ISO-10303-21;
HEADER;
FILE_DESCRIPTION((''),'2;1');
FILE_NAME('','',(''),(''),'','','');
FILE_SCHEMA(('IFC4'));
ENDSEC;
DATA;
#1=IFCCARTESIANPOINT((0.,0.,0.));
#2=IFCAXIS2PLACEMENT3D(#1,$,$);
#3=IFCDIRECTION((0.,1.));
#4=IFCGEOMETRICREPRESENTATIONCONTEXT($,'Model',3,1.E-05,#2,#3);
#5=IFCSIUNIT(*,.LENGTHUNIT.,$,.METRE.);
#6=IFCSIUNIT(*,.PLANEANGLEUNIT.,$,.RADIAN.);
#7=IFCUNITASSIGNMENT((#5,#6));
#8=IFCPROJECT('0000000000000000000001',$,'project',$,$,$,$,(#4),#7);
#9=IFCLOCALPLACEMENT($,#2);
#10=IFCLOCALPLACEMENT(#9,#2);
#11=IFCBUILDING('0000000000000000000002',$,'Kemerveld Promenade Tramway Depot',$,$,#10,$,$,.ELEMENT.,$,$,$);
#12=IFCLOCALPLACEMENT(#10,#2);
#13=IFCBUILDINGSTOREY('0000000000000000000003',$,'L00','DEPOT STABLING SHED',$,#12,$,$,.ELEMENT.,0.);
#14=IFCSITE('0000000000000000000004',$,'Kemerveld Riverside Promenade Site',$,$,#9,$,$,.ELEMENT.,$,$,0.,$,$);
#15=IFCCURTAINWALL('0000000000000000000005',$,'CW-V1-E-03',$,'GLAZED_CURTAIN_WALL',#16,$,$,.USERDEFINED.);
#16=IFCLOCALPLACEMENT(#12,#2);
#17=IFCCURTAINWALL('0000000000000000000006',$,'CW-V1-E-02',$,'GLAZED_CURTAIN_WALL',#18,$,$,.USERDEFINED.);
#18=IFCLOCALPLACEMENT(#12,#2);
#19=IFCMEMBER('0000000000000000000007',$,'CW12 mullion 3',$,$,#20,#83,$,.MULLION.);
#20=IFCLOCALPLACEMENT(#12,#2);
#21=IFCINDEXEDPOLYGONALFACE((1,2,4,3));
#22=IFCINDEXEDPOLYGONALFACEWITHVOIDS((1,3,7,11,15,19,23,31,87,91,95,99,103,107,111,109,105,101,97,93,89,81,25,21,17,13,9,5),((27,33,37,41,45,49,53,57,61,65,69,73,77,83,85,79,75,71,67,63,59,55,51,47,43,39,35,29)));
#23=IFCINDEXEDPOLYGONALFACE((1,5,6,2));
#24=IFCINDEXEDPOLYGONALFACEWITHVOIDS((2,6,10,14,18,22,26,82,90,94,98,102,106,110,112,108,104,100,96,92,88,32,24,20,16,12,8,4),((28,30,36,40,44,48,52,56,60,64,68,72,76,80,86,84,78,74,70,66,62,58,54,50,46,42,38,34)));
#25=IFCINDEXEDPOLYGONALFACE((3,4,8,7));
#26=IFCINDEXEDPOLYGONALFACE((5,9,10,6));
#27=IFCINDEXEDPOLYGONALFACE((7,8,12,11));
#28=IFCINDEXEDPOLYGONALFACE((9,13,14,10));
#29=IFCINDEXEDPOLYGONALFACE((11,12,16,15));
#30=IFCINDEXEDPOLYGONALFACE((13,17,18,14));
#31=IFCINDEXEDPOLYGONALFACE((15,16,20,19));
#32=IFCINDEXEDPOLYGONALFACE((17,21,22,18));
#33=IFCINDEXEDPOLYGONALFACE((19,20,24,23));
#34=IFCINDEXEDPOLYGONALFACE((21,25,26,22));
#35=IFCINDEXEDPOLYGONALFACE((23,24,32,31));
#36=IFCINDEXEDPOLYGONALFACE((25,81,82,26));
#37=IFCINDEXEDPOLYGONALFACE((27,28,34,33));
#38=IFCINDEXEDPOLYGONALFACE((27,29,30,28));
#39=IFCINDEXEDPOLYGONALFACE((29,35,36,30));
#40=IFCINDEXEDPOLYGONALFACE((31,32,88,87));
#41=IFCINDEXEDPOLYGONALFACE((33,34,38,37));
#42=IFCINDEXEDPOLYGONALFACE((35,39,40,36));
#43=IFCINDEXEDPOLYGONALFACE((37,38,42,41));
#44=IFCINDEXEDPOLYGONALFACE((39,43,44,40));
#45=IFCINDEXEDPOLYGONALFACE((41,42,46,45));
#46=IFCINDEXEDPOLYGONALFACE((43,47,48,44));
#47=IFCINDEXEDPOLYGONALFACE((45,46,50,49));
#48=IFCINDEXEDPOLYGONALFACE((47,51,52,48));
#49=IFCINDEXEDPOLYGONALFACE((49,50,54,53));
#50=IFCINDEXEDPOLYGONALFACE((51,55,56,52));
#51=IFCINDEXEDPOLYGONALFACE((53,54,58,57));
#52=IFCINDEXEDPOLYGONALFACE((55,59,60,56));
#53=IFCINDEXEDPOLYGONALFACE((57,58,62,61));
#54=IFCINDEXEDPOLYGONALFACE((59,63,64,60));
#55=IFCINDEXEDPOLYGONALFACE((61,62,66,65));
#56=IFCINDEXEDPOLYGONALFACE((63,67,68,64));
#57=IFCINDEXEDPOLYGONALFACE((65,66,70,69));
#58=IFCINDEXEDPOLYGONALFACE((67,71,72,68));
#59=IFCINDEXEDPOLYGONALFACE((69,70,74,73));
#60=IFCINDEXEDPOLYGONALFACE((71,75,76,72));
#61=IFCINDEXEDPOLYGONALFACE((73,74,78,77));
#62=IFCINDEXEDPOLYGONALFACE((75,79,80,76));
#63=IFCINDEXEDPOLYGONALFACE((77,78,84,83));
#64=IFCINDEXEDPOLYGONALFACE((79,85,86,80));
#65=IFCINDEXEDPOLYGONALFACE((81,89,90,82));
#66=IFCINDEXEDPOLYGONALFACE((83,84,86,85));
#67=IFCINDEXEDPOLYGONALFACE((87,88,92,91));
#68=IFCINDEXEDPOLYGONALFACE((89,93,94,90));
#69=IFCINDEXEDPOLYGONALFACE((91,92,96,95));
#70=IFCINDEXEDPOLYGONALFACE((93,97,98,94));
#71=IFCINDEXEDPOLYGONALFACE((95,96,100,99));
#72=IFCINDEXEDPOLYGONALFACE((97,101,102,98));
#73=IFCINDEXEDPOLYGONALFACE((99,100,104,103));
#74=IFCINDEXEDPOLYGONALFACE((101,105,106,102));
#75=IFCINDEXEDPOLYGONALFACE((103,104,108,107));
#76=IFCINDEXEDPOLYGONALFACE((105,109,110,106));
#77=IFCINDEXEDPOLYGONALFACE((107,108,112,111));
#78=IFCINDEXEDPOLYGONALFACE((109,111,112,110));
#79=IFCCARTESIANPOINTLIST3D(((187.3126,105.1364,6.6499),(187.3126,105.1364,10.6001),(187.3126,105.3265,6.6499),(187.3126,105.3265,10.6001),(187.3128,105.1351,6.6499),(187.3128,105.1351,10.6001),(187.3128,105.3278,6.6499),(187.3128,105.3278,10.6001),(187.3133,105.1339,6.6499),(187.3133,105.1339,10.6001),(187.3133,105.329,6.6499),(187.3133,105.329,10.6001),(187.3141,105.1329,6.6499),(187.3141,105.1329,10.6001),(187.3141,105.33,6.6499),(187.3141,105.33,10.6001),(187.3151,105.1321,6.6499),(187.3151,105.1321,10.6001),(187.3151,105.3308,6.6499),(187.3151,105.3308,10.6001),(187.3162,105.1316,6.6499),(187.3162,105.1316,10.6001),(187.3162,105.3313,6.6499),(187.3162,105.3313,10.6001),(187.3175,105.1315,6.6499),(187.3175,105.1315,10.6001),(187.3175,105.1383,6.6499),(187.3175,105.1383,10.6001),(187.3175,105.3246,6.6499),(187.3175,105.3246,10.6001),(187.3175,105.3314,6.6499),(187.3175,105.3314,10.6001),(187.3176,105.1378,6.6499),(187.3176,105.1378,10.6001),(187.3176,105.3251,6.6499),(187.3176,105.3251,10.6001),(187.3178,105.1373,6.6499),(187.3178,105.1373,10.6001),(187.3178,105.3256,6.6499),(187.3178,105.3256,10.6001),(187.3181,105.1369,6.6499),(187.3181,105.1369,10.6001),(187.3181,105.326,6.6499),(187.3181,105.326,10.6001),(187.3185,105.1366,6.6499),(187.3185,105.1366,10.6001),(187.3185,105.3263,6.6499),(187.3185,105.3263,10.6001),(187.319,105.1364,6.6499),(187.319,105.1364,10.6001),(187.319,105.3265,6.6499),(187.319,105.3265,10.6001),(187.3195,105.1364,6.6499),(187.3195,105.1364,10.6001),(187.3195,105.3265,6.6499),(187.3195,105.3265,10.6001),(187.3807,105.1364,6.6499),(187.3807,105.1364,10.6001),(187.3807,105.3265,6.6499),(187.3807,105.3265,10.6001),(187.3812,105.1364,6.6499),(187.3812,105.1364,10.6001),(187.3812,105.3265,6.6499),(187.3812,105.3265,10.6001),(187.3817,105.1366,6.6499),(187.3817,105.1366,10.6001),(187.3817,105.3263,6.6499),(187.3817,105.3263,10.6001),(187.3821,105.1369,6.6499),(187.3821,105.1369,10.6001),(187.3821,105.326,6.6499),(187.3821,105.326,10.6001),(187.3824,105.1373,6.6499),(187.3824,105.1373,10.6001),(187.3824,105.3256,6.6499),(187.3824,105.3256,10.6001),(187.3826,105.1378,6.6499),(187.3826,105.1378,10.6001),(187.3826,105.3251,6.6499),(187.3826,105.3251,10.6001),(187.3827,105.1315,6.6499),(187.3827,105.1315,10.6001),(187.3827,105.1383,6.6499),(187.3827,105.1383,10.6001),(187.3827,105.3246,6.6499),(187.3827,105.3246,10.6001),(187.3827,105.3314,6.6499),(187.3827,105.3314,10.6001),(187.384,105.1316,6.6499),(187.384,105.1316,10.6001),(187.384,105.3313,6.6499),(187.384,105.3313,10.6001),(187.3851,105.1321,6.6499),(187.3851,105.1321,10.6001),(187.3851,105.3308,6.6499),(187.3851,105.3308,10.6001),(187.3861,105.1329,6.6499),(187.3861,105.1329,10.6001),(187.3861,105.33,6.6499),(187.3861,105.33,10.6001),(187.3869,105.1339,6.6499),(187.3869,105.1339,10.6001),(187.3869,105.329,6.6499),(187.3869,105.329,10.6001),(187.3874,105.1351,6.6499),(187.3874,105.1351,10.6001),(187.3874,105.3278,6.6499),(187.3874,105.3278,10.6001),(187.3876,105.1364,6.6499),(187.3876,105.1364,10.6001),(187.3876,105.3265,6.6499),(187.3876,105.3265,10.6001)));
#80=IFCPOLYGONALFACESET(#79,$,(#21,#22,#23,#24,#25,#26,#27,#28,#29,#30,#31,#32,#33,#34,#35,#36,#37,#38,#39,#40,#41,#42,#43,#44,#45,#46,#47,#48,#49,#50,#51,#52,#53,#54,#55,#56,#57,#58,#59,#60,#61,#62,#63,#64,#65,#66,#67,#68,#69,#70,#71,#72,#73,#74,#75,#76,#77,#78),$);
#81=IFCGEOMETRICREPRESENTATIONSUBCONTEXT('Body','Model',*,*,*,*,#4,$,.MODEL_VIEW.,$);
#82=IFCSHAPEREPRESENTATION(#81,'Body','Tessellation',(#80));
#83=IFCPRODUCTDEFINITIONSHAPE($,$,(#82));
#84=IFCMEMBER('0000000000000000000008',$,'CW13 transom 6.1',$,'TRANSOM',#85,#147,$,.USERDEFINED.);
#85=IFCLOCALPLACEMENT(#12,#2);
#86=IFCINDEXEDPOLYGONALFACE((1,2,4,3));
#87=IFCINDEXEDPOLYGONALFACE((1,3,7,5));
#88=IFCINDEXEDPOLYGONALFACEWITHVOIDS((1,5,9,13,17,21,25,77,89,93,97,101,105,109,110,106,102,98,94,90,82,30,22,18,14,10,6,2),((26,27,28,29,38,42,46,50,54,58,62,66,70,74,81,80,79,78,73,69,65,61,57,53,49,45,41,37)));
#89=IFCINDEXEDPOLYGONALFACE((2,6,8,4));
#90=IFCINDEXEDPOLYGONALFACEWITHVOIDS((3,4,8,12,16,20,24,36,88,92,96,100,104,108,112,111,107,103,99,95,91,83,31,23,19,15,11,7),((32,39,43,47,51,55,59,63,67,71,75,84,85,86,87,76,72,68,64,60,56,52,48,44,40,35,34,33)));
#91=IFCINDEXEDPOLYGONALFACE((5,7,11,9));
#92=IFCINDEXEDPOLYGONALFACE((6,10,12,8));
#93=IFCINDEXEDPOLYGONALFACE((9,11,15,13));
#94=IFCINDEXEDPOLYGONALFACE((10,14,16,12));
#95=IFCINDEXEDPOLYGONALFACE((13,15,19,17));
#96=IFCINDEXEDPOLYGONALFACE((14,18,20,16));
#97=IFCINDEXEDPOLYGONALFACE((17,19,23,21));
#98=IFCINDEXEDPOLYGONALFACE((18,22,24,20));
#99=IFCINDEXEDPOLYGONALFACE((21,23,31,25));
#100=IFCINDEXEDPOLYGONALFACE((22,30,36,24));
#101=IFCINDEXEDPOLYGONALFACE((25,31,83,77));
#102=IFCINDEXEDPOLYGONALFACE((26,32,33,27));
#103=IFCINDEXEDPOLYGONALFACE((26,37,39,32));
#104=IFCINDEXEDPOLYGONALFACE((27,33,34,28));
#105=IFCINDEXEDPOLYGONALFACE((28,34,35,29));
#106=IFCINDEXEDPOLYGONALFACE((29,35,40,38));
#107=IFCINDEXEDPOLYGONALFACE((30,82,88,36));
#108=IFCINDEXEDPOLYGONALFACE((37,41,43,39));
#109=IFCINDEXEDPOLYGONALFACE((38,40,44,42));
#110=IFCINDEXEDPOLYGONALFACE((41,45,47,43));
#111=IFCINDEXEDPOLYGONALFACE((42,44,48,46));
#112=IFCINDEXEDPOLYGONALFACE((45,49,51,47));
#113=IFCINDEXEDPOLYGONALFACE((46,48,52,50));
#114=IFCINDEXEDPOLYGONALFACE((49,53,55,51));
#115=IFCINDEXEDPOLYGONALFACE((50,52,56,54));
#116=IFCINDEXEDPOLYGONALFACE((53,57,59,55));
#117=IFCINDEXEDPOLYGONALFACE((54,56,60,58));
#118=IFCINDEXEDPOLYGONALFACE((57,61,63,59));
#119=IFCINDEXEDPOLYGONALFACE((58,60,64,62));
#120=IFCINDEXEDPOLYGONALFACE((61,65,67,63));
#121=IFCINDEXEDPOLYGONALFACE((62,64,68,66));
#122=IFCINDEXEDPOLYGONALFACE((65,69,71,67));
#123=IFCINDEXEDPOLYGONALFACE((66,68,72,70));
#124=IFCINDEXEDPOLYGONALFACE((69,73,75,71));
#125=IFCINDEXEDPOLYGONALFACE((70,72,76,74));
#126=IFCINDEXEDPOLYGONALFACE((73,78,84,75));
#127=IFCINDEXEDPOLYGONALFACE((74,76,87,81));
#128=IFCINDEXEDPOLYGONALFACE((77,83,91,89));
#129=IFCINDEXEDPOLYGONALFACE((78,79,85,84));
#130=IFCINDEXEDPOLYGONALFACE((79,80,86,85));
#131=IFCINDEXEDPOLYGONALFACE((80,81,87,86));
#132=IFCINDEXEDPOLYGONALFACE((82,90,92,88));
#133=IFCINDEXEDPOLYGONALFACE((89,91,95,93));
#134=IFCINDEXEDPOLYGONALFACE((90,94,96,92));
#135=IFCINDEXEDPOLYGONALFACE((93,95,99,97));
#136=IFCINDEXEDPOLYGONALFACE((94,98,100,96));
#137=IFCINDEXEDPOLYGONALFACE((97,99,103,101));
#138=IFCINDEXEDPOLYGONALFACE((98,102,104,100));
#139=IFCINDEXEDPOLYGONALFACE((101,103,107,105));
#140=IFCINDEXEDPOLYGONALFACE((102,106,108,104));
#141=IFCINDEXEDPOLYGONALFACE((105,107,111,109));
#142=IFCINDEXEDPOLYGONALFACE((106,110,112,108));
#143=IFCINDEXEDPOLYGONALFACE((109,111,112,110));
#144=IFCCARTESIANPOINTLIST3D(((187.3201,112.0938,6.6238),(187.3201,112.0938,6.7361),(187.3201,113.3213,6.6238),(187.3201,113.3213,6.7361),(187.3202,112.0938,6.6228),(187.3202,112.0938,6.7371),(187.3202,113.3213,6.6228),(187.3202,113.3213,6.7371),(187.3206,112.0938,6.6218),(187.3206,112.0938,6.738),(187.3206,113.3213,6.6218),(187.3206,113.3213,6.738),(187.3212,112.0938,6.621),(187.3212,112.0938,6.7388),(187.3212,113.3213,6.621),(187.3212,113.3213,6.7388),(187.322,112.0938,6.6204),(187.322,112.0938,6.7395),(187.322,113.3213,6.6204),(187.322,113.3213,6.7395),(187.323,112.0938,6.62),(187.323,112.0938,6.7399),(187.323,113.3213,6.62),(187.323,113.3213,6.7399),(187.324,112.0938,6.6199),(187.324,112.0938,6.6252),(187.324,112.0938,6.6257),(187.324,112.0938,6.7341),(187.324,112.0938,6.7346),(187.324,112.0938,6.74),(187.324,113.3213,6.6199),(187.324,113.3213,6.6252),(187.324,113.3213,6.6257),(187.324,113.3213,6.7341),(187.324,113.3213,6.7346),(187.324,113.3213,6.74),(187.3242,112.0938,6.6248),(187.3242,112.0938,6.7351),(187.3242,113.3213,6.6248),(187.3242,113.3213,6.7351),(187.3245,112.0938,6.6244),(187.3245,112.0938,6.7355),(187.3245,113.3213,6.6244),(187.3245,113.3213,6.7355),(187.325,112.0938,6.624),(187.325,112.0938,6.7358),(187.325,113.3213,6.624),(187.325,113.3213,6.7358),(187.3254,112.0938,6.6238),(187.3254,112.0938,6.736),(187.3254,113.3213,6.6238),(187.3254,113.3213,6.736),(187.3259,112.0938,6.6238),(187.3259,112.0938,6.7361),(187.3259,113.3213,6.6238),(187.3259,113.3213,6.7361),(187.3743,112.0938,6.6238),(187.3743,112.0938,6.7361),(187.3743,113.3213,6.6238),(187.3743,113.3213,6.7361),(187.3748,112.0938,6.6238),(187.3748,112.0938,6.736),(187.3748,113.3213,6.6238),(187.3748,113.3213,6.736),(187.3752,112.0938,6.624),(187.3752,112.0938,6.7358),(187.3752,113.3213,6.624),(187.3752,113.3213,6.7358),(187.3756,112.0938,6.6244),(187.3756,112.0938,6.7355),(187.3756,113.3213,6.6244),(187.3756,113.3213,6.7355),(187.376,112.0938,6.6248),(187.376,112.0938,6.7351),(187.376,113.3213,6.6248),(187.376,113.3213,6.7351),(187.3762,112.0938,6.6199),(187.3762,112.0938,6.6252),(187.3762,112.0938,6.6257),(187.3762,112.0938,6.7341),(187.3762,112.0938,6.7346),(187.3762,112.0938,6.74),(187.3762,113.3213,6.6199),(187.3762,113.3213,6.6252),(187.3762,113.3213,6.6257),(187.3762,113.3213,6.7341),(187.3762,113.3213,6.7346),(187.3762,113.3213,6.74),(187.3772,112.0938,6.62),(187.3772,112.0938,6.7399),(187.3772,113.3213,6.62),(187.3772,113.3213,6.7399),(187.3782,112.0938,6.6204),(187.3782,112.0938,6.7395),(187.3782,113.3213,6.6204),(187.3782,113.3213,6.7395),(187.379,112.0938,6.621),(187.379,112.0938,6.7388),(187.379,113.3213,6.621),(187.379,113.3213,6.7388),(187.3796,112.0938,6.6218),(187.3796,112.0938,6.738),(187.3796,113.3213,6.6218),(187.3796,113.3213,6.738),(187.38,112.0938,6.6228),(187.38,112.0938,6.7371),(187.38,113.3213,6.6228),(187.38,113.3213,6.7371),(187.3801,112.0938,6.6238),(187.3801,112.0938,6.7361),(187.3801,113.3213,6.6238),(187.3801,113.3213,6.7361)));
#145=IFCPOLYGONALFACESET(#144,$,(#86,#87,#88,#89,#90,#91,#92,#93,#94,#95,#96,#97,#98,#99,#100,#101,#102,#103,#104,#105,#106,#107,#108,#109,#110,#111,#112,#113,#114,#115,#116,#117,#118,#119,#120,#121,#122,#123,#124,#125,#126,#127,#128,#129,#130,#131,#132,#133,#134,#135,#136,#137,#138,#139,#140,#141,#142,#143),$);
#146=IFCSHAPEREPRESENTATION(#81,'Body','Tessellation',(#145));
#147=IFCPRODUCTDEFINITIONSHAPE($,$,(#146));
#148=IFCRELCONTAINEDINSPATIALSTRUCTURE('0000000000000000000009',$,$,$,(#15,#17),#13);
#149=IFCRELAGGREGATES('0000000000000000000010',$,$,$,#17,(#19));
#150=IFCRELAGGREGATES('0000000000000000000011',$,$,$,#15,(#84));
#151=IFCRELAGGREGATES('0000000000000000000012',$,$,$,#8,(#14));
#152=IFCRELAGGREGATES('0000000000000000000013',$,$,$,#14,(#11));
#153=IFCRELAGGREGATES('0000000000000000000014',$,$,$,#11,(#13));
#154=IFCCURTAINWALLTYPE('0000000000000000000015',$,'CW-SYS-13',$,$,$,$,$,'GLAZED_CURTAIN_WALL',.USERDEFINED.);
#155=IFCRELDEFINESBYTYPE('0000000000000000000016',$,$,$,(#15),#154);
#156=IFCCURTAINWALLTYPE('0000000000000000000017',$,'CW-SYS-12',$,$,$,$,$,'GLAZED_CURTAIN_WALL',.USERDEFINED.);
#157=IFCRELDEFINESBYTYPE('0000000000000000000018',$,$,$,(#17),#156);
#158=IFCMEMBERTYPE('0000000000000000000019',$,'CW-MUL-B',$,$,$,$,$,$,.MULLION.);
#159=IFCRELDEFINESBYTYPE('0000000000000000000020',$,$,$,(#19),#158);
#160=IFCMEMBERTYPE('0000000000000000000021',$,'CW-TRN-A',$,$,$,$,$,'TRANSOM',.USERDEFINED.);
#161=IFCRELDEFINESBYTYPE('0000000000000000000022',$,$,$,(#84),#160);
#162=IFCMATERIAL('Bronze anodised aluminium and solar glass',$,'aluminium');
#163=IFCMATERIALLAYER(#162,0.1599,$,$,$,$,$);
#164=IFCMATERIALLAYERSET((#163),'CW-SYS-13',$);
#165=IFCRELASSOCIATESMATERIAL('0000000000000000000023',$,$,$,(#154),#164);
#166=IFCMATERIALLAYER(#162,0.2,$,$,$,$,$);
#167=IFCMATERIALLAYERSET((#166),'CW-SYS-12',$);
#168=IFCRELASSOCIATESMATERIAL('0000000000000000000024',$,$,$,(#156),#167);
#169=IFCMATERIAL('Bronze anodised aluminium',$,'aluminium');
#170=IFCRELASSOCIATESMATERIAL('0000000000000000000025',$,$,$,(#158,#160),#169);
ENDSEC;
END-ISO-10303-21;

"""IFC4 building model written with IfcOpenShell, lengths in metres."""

from ifc_helpers import new_model, si_unit, direction, frame, origin, origin_2d, place, context, subcontext, project, spatial, hollow_rectangle, extrude, material, layer, layer_set, material_profile, profile_set, type_object, element, aggregate, save


model = new_model("IFC4")

# Units and contexts
model_context = context("Model", 3, precision=1e-05, world=origin(), true_north=direction((0.0, 1.0)))
body_context = subcontext(model_context, "Body", "Model", "MODEL_VIEW")
ifc_project = project(units=[si_unit("LENGTHUNIT", "METRE"), si_unit("PLANEANGLEUNIT", "RADIAN")], contexts=[model_context])

# Site, building, storey
site_placement = place(None, origin())
site = spatial("IfcSite", under=ifc_project, at=site_placement, Name="Kemerveld Riverside Promenade Site", CompositionType="ELEMENT", RefElevation=0.0)
building_placement = place(site_placement, origin())
building = spatial("IfcBuilding", under=site, at=building_placement, Name="Kemerveld Promenade Tramway Depot", CompositionType="ELEMENT")
storey_placement = place(building_placement, origin())
storey = spatial("IfcBuildingStorey", under=building, at=storey_placement, Name="L00", Description="DEPOT STABLING SHED", CompositionType="ELEMENT", Elevation=0.0)

# Curtain walls, member
ifc_material_1 = material(Name="Bronze anodised aluminium and solar glass", Category="aluminium")
ifc_layer_1 = layer(ifc_material_1, 0.1599)
ifc_layer_set_1 = layer_set([ifc_layer_1], Name="CW-SYS-13")
curtain_wall_type_1 = type_object("IfcCurtainWallType", Name="CW-SYS-13", ElementType="GLAZED_CURTAIN_WALL", PredefinedType="USERDEFINED", material=ifc_layer_set_1)
curtain_wall_1_placement = place(storey_placement, origin())
curtain_wall_1 = element("IfcCurtainWall", 1, at=curtain_wall_1_placement, inside=storey, type_object=curtain_wall_type_1, Name="CW-V1-E-03", ObjectType="GLAZED_CURTAIN_WALL", PredefinedType="USERDEFINED")
ifc_material_2 = material(Name="Bronze anodised aluminium", Category="aluminium")
ifc_layer_2 = layer(ifc_material_1, 0.2)
ifc_layer_set_2 = layer_set([ifc_layer_2], Name="CW-SYS-12")
curtain_wall_type_2 = type_object("IfcCurtainWallType", Name="CW-SYS-12", ElementType="GLAZED_CURTAIN_WALL", PredefinedType="USERDEFINED", material=ifc_layer_set_2)
curtain_wall_2_placement = place(storey_placement, origin())
curtain_wall_2 = element("IfcCurtainWall", 2, at=curtain_wall_2_placement, inside=storey, type_object=curtain_wall_type_2, Name="CW-V1-E-02", ObjectType="GLAZED_CURTAIN_WALL", PredefinedType="USERDEFINED")
ifc_material_profile_1 = material_profile(ifc_material_2, hollow_rectangle(XDim=0.075, YDim=0.2, WallThickness=0.0049, InnerFilletRadius=0.002, OuterFilletRadius=0.0049, at=origin_2d()), Name="CW-MUL-200x75")
ifc_profile_set_1 = profile_set([ifc_material_profile_1], Name="Bronze anodised aluminium")
member_type_1 = type_object("IfcMemberType", Name="CW-MUL-B", PredefinedType="MULLION", material=ifc_profile_set_1)
member_1_placement = place(storey_placement, frame((187.3501, 105.2314, 6.6499), z_axis=(0.0, 0.0, 1.0), x_axis=(1.0, 0.0, 0.0)))
member_1 = element("IfcMember", 3, at=member_1_placement, type_object=member_type_1, Name="CW12 mullion 3", PredefinedType="MULLION", context=body_context, shape_type="SweptSolid", body=[
    extrude(hollow_rectangle(XDim=0.075, YDim=0.2, WallThickness=0.0049, InnerFilletRadius=0.002, OuterFilletRadius=0.0049, at=origin_2d()), origin(), (0.0, 0.0, 1.0), 3.9502),
])

# Member
ifc_material_profile_2 = material_profile(ifc_material_2, hollow_rectangle(XDim=0.0601, YDim=0.1201, WallThickness=0.0039, InnerFilletRadius=0.002, OuterFilletRadius=0.0039, at=origin_2d()), Name="CW-TRN-120x60")
ifc_profile_set_2 = profile_set([ifc_material_profile_2], Name="Bronze anodised aluminium")
member_type_2 = type_object("IfcMemberType", Name="CW-TRN-A", ElementType="TRANSOM", PredefinedType="USERDEFINED", material=ifc_profile_set_2)
member_2_placement = place(storey_placement, frame((187.3501, 113.3213, 6.6799), z_axis=(0.0, -1.0, 0.0), x_axis=(1.0, 0.0, 0.0)))
member_2 = element("IfcMember", 4, at=member_2_placement, type_object=member_type_2, Name="CW13 transom 6.1", ObjectType="TRANSOM", PredefinedType="USERDEFINED", context=body_context, shape_type="SweptSolid", body=[
    extrude(hollow_rectangle(XDim=0.0601, YDim=0.1201, WallThickness=0.0039, InnerFilletRadius=0.002, OuterFilletRadius=0.0039, at=origin_2d()), origin(), (0.0, 0.0, 1.0), 1.2275),
])

aggregate(curtain_wall_2, [member_1])
aggregate(curtain_wall_1, [member_2])

save(model, "model.ifc")
